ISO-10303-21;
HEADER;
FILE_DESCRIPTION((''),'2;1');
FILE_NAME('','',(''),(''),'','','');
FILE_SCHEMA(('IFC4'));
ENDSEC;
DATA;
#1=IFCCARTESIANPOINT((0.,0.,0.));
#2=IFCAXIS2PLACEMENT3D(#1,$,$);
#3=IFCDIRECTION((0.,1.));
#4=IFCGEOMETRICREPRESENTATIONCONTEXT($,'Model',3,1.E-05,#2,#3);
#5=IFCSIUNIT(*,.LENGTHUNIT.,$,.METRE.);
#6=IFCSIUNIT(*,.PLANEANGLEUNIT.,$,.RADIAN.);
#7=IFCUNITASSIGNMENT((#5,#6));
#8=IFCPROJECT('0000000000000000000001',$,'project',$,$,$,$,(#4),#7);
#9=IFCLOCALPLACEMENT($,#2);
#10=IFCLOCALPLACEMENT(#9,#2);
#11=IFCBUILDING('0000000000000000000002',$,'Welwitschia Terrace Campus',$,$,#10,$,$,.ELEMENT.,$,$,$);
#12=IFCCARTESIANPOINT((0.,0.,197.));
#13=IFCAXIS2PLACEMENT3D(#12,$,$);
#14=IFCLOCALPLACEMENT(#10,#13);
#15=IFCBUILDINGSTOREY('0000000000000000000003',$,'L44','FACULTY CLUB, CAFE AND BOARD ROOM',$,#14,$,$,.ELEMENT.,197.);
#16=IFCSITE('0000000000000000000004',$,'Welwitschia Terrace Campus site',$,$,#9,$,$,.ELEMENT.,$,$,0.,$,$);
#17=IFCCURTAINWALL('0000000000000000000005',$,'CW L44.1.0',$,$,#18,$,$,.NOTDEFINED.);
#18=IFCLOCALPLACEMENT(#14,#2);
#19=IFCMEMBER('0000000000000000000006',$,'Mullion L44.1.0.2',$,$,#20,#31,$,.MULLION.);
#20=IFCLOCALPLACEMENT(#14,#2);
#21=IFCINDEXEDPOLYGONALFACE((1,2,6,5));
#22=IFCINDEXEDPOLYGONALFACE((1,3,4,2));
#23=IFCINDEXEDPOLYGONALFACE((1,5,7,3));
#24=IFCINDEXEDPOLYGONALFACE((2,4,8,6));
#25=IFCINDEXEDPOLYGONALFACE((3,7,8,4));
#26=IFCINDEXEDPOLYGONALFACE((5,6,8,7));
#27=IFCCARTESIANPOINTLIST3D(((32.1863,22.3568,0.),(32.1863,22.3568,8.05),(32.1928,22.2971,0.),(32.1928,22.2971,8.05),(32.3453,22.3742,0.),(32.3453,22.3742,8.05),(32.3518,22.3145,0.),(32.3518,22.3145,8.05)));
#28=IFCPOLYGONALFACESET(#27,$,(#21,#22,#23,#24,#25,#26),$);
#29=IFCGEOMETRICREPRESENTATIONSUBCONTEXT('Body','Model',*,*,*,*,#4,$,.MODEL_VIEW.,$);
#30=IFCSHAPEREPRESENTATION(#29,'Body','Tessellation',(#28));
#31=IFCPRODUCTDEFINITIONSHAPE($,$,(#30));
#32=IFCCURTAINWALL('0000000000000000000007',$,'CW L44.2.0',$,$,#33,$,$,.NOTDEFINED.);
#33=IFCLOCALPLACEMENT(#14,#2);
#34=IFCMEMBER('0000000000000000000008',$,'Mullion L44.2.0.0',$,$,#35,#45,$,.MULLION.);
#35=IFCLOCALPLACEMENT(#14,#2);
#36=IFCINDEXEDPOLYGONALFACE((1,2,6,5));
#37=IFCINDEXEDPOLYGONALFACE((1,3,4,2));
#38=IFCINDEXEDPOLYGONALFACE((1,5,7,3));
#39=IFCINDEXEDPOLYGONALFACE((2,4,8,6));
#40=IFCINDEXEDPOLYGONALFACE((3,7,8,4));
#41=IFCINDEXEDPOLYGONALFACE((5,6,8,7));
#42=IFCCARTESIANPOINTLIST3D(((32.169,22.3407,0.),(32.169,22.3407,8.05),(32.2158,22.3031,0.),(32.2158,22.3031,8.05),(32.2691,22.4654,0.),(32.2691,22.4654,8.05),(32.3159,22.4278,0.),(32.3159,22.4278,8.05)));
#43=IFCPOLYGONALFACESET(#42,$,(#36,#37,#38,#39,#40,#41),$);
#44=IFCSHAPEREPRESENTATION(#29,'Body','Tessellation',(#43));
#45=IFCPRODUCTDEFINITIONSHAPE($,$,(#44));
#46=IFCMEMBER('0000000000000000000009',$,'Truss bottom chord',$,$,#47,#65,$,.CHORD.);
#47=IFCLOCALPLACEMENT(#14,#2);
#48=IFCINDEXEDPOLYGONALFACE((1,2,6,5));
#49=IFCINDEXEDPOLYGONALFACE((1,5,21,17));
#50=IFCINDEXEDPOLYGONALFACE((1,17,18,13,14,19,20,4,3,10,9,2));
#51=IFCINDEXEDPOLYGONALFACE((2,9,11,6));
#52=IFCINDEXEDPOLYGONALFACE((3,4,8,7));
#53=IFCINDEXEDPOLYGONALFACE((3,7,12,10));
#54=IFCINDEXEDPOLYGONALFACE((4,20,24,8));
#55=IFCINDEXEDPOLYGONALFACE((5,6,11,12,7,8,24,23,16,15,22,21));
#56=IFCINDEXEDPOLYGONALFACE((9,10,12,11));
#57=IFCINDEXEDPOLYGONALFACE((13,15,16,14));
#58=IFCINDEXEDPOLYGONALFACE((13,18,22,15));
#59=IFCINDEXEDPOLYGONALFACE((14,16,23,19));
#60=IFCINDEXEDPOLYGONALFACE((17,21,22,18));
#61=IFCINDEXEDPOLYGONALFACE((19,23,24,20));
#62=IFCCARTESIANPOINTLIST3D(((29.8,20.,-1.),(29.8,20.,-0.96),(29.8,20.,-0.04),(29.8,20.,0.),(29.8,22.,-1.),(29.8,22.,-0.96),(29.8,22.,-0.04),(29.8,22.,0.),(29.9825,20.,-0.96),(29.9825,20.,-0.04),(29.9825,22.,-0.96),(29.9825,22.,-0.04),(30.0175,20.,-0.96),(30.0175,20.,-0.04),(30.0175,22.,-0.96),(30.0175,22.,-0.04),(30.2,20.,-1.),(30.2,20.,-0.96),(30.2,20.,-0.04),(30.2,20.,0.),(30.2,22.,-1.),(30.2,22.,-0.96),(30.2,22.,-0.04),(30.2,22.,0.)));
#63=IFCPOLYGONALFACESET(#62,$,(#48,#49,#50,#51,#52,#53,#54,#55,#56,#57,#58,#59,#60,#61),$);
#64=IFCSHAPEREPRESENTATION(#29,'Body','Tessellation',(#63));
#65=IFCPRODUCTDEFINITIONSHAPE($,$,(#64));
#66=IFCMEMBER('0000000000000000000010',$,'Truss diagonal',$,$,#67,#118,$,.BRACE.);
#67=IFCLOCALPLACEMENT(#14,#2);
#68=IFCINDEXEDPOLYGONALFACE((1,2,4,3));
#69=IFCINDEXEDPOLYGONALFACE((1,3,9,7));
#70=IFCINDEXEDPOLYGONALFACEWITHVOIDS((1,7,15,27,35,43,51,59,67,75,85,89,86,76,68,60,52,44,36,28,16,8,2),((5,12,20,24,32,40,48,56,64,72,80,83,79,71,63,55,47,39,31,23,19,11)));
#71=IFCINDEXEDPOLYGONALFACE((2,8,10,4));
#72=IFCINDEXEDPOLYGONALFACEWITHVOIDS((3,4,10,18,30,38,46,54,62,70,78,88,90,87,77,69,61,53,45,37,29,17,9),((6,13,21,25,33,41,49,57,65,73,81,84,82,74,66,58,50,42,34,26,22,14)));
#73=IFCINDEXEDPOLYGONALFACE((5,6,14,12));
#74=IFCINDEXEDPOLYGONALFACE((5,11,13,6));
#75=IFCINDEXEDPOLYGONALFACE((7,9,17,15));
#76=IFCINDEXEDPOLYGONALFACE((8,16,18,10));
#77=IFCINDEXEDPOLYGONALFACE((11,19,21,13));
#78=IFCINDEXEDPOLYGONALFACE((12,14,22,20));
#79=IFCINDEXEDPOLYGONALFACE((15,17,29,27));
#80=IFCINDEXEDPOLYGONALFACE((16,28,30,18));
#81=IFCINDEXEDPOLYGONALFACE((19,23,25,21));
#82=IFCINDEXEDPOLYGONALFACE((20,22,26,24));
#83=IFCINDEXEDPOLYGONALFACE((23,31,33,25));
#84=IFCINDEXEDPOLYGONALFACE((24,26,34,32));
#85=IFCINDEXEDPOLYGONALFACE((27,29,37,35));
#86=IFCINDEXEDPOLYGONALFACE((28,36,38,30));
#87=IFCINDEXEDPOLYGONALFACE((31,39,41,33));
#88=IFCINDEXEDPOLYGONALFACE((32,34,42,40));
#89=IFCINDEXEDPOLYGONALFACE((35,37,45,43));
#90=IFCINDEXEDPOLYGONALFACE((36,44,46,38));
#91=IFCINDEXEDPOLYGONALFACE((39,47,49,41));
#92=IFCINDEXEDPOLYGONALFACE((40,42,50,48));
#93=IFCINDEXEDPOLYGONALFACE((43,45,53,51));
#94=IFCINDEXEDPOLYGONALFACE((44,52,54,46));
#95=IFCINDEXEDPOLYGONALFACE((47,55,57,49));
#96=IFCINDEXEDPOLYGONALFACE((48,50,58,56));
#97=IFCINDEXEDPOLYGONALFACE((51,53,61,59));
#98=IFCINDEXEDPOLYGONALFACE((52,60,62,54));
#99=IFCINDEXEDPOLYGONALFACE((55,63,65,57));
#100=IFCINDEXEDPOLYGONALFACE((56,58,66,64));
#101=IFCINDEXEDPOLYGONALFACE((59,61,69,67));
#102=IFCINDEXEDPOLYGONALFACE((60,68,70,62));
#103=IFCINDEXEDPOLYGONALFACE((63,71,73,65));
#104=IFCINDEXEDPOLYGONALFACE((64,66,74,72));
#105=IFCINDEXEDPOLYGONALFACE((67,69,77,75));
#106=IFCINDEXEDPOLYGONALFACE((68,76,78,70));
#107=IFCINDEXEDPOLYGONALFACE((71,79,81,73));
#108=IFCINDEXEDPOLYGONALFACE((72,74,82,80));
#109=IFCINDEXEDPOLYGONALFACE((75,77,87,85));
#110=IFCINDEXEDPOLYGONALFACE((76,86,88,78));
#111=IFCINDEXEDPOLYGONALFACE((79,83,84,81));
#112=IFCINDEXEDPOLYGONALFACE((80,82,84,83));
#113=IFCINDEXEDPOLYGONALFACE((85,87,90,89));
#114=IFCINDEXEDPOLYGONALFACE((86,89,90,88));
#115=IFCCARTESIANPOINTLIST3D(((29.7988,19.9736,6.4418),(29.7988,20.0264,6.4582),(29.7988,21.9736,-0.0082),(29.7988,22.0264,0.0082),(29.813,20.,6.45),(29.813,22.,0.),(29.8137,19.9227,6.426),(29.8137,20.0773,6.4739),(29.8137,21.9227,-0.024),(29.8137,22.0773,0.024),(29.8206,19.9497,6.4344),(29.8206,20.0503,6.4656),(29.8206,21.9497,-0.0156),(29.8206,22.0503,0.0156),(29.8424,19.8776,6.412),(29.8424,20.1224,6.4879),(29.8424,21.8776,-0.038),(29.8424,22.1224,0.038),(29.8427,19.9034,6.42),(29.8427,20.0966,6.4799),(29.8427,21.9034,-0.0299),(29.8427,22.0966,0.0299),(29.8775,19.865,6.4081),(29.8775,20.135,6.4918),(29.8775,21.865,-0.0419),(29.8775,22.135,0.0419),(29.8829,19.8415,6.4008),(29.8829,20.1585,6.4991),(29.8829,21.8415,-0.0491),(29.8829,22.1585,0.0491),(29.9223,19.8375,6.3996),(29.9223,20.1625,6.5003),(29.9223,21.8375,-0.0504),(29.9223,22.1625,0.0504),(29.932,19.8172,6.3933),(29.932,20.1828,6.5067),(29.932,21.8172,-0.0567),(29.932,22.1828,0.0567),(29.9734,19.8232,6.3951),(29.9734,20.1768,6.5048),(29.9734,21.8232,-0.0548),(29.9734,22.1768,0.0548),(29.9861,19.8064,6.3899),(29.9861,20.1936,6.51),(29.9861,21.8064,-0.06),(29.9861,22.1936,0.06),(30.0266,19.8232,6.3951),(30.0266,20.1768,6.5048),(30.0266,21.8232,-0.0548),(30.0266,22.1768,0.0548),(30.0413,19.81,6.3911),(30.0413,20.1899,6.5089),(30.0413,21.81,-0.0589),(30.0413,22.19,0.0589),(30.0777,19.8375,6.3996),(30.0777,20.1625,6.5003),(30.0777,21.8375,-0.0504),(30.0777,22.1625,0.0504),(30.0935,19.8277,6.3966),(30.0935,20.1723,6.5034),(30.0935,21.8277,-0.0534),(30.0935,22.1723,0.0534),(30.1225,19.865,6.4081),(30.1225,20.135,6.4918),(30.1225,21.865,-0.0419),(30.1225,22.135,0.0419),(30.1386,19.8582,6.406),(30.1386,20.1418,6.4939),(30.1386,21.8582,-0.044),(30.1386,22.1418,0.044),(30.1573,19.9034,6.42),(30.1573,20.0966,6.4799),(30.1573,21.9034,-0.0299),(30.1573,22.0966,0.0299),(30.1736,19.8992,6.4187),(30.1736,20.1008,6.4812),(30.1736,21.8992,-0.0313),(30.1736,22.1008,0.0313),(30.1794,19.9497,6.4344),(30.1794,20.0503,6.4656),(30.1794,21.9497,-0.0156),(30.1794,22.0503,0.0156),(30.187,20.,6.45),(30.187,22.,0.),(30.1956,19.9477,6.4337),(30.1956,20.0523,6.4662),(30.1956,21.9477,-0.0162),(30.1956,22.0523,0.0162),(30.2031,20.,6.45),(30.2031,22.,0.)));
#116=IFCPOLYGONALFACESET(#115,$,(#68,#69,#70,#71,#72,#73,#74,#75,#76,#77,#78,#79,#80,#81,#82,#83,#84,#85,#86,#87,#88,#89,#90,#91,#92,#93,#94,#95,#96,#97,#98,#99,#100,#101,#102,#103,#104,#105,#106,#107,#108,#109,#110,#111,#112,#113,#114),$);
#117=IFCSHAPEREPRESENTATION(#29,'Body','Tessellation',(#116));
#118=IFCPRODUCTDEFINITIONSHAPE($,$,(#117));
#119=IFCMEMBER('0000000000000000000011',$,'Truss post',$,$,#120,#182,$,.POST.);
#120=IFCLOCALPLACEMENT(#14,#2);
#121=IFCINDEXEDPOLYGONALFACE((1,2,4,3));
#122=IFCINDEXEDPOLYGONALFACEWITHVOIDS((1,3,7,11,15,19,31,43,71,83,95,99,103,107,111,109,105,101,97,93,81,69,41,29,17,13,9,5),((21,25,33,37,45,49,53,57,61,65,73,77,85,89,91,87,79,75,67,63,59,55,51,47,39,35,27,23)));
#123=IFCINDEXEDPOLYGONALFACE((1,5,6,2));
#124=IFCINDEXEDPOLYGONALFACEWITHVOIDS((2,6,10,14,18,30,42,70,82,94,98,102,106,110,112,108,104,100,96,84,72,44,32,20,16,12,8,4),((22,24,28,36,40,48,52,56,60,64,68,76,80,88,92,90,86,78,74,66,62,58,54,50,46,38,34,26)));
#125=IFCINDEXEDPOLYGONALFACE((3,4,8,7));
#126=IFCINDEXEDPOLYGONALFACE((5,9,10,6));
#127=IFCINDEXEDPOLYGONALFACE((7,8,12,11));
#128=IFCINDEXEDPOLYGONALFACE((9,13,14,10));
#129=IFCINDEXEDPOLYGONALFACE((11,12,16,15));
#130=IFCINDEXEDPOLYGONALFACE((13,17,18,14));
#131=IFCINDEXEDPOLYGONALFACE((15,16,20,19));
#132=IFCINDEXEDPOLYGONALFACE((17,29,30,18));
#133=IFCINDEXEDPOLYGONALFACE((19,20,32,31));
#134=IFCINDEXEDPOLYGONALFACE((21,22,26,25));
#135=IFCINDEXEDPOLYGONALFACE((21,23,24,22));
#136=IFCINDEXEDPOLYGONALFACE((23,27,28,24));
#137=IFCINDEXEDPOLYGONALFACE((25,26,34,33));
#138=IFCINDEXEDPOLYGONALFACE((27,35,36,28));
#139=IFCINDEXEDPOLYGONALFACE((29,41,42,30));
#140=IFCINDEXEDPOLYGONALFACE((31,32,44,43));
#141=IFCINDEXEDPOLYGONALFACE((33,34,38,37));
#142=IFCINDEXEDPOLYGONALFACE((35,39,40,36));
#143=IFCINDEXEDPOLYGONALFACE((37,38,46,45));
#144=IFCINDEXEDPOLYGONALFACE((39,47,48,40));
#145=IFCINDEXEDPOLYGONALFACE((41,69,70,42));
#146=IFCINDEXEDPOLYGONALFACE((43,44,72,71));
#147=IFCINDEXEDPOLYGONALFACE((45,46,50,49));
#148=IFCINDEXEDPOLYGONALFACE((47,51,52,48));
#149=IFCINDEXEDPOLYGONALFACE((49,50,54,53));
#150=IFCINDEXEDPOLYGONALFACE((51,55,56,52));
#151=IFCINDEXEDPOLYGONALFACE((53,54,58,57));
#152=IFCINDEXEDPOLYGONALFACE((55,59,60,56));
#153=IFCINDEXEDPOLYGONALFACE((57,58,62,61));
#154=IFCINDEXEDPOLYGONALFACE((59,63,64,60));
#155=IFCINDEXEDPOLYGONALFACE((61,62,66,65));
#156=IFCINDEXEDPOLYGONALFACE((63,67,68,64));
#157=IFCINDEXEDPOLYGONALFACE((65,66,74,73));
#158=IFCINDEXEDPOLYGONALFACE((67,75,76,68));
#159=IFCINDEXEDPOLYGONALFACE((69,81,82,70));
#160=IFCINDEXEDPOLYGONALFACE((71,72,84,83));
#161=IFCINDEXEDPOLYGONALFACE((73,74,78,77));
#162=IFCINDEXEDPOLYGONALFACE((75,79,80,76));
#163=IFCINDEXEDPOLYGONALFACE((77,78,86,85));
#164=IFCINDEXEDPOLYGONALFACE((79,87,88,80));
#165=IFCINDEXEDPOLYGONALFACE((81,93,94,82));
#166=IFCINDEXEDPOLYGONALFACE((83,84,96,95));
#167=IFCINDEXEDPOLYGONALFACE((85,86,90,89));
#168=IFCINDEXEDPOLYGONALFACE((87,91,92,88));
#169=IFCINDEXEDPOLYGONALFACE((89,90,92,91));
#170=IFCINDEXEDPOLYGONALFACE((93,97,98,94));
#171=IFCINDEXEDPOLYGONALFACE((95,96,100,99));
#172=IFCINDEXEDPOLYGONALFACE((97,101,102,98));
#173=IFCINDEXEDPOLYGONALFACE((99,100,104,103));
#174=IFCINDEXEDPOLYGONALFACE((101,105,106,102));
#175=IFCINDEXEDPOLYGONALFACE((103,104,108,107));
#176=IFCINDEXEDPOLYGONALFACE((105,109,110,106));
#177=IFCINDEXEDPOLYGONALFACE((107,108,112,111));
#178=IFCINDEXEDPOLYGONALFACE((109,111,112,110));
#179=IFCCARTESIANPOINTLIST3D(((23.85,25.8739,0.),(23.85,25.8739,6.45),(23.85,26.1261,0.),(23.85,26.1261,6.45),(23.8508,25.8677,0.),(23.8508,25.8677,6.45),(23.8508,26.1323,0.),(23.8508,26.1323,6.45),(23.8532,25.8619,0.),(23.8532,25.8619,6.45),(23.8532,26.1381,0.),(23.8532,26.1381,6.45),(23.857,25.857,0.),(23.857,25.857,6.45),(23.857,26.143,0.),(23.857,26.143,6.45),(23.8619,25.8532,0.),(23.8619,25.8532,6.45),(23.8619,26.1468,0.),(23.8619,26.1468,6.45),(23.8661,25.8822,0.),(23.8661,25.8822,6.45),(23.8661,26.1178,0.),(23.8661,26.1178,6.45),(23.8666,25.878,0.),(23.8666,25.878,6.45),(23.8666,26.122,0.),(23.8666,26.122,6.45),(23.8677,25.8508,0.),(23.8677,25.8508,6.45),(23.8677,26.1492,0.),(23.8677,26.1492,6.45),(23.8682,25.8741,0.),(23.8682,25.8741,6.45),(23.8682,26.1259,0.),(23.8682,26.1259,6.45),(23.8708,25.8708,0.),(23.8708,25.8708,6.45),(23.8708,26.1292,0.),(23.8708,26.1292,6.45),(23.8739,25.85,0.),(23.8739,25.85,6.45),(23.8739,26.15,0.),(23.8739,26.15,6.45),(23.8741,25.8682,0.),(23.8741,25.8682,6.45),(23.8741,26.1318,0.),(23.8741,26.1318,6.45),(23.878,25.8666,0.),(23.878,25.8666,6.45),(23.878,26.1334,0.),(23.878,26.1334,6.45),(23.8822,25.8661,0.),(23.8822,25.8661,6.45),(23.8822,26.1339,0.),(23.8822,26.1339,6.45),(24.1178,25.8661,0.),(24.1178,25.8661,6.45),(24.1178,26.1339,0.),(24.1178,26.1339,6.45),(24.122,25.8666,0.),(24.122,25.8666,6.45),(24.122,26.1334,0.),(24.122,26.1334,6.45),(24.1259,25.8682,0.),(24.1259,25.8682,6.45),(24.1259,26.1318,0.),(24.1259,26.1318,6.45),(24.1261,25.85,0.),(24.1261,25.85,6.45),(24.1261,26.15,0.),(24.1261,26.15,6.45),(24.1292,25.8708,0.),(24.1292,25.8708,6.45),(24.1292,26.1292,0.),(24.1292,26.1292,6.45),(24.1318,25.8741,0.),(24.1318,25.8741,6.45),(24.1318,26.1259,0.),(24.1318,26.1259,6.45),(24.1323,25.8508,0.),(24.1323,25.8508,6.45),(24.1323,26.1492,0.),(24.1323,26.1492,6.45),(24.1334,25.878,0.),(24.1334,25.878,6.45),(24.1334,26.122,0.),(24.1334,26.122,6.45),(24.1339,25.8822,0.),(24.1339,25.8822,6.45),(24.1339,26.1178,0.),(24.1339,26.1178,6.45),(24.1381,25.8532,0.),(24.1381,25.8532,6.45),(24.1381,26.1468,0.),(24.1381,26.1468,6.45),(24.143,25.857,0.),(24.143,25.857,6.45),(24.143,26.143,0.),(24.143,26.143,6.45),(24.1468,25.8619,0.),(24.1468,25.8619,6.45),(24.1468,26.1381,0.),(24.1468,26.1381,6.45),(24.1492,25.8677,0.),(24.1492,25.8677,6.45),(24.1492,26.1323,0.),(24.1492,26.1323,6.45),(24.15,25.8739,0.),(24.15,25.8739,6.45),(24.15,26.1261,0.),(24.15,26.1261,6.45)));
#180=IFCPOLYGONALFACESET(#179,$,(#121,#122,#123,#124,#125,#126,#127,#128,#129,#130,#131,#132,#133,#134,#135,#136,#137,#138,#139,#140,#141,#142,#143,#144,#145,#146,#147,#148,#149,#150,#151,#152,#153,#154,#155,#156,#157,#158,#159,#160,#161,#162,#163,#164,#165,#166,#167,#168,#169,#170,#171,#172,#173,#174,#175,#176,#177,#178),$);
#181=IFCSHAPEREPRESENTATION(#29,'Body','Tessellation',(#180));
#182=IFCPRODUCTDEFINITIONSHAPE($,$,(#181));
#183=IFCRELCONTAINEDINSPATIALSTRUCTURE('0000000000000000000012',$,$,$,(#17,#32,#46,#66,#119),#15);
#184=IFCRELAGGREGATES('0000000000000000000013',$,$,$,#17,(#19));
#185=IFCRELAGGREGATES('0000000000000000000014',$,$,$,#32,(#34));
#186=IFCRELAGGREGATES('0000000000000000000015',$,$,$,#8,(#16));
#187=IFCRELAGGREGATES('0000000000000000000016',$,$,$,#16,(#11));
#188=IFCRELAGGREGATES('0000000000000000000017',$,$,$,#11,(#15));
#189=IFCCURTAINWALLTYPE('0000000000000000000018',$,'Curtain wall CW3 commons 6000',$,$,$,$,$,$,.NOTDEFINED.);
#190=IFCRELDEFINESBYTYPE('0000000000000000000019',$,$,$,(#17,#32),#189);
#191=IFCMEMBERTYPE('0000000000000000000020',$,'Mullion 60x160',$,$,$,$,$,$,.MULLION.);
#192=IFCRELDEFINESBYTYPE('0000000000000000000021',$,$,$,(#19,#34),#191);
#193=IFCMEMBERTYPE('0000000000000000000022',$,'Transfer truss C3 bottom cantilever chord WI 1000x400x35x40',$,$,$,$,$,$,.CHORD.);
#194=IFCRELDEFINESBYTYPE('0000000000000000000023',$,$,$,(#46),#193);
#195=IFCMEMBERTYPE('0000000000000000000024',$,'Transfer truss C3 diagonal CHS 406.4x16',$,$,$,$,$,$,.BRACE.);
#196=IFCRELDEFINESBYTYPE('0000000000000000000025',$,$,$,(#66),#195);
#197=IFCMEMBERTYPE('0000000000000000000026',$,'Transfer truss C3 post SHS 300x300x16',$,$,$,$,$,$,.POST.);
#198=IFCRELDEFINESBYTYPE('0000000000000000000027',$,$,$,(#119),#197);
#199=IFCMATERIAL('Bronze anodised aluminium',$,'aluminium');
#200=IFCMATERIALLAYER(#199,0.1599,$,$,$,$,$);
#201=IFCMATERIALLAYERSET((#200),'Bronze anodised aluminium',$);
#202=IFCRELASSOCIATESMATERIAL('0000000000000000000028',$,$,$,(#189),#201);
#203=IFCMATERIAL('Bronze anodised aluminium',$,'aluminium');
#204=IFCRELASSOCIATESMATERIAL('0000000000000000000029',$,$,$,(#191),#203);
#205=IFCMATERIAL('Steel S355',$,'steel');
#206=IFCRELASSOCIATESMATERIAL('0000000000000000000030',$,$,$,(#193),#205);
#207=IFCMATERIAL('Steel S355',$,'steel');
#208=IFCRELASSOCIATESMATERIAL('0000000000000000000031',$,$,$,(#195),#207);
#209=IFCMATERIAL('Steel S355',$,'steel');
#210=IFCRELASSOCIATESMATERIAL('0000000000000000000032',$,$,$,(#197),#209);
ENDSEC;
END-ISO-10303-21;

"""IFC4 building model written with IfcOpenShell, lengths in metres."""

from ifc_helpers import new_model, si_unit, direction, frame, origin, origin_2d, place, context, subcontext, project, spatial, rectangle, hollow_rectangle, hollow_circle, i_section, extrude, material, layer, layer_set, material_profile, profile_set, type_object, element, aggregate, save


model = new_model("IFC4")

# Units and contexts
model_context = context("Model", 3, precision=1e-05, world=origin(), true_north=direction((0.0, 1.0)))
body_context = subcontext(model_context, "Body", "Model", "MODEL_VIEW")
ifc_project = project(units=[si_unit("LENGTHUNIT", "METRE"), si_unit("PLANEANGLEUNIT", "RADIAN")], contexts=[model_context])

# Site, building, storey
site_placement = place(None, origin())
site = spatial("IfcSite", under=ifc_project, at=site_placement, Name="Welwitschia Terrace Campus site", CompositionType="ELEMENT", RefElevation=0.0)
building_placement = place(site_placement, origin())
building = spatial("IfcBuilding", under=site, at=building_placement, Name="Welwitschia Terrace Campus", CompositionType="ELEMENT")
storey_placement = place(building_placement, frame((0.0, 0.0, 197.0)))
storey = spatial("IfcBuildingStorey", under=building, at=storey_placement, Name="L44", Description="FACULTY CLUB, CAFE AND BOARD ROOM", CompositionType="ELEMENT", Elevation=197.0)

# Curtain walls, members
ifc_material_1 = material(Name="Bronze anodised aluminium", Category="aluminium")
ifc_layer_1 = layer(ifc_material_1, 0.1599)
ifc_layer_set_1 = layer_set([ifc_layer_1], Name="Bronze anodised aluminium")
curtain_wall_type = type_object("IfcCurtainWallType", Name="Curtain wall CW3 commons 6000", PredefinedType="NOTDEFINED", material=ifc_layer_set_1)
curtain_wall_1_placement = place(storey_placement, origin())
curtain_wall_1 = element("IfcCurtainWall", 1, at=curtain_wall_1_placement, inside=storey, type_object=curtain_wall_type, Name="CW L44.1.0", PredefinedType="NOTDEFINED")
ifc_material_2 = material(Name="Bronze anodised aluminium", Category="aluminium")
ifc_material_profile_1 = material_profile(ifc_material_2, rectangle(XDim=0.1599, YDim=0.0601, at=origin_2d()))
ifc_profile_set_1 = profile_set([ifc_material_profile_1], Name="Bronze anodised aluminium")
member_type_1 = type_object("IfcMemberType", Name="Mullion 60x160", PredefinedType="MULLION", material=ifc_profile_set_1)
member_1_placement = place(storey_placement, frame((32.269, 22.3357, 0.0), z_axis=(0.0, 0.0, 1.0), x_axis=(-0.994056, -0.108867, 0.0)))
member_1 = element("IfcMember", 2, at=member_1_placement, type_object=member_type_1, Name="Mullion L44.1.0.2", PredefinedType="MULLION", context=body_context, shape_type="SweptSolid", body=[
    extrude(rectangle(XDim=0.1599, YDim=0.0601, at=origin_2d()), origin(), (0.0, 0.0, 1.0), 8.05),
])
aggregate(curtain_wall_1, [member_1])
curtain_wall_2_placement = place(storey_placement, origin())
curtain_wall_2 = element("IfcCurtainWall", 3, at=curtain_wall_2_placement, inside=storey, type_object=curtain_wall_type, Name="CW L44.2.0", PredefinedType="NOTDEFINED")
member_2_placement = place(storey_placement, frame((32.2424, 22.3843, 0.0), z_axis=(0.0, 0.0, 1.0), x_axis=(-0.625923, -0.779884, 0.0)))
member_2 = element("IfcMember", 4, at=member_2_placement, type_object=member_type_1, Name="Mullion L44.2.0.0", PredefinedType="MULLION", context=body_context, shape_type="SweptSolid", body=[
    extrude(rectangle(XDim=0.1599, YDim=0.0601, at=origin_2d()), origin(), (0.0, 0.0, 1.0), 8.05),
])

# Members
ifc_material_3 = material(Name="Steel S355", Category="steel")
ifc_material_profile_2 = material_profile(ifc_material_3, i_section(OverallWidth=0.3999, OverallDepth=1.0, WebThickness=0.0349, FlangeThickness=0.04, at=origin_2d()))
ifc_profile_set_2 = profile_set([ifc_material_profile_2], Name="Steel S355")
member_type_2 = type_object("IfcMemberType", Name="Transfer truss C3 bottom cantilever chord WI 1000x400x35x40", PredefinedType="CHORD", material=ifc_profile_set_2)
member_3_placement = place(storey_placement, frame((30.0, 20.0, -0.5), z_axis=(0.0, 1.0, 0.0), x_axis=(-1.0, 0.0, 0.0)))
element("IfcMember", 5, at=member_3_placement, inside=storey, type_object=member_type_2, Name="Truss bottom chord", PredefinedType="CHORD", context=body_context, shape_type="SweptSolid", body=[
    extrude(i_section(OverallWidth=0.3999, OverallDepth=1.0, WebThickness=0.0349, FlangeThickness=0.04, at=origin_2d()), origin(), (0.0, 0.0, 1.0), 2.0),
])
ifc_material_4 = material(Name="Steel S355", Category="steel")
ifc_material_profile_3 = material_profile(ifc_material_4, hollow_circle(Radius=0.2031, WallThickness=0.0161, at=origin_2d()))
ifc_profile_set_3 = profile_set([ifc_material_profile_3], Name="Steel S355")
member_type_3 = type_object("IfcMemberType", Name="Transfer truss C3 diagonal CHS 406.4x16", PredefinedType="BRACE", material=ifc_profile_set_3)
member_4_placement = place(storey_placement, frame((30.0, 22.0, 0.0), z_axis=(0.0, -0.296168, 0.955136), x_axis=(1.0, 0.0, 0.0)))
element("IfcMember", 6, at=member_4_placement, inside=storey, type_object=member_type_3, Name="Truss diagonal", PredefinedType="BRACE", context=body_context, shape_type="SweptSolid", body=[
    extrude(hollow_circle(Radius=0.2031, WallThickness=0.0161, at=origin_2d()), origin(), (0.0, 0.0, 1.0), 6.7529),
])
ifc_material_5 = material(Name="Steel S355", Category="steel")
ifc_material_profile_4 = material_profile(ifc_material_5, hollow_rectangle(XDim=0.3, YDim=0.3, WallThickness=0.0161, InnerFilletRadius=0.0161, OuterFilletRadius=0.0239, at=origin_2d()))
ifc_profile_set_4 = profile_set([ifc_material_profile_4], Name="Steel S355")
member_type_4 = type_object("IfcMemberType", Name="Transfer truss C3 post SHS 300x300x16", PredefinedType="POST", material=ifc_profile_set_4)
for number, where, z_axis, x_axis, name in (
    (7, (24.0, 26.0, 0.0), (0.0, 0.0, 1.0), (1.0, 0.0, 0.0), "Truss post"),
):
    element("IfcMember", number, at=place(storey_placement, frame(where, z_axis=z_axis, x_axis=x_axis)), inside=storey, type_object=member_type_4, Name=name, PredefinedType="POST", context=body_context, shape_type="SweptSolid", body=[
        extrude(hollow_rectangle(XDim=0.3, YDim=0.3, WallThickness=0.0161, InnerFilletRadius=0.0161, OuterFilletRadius=0.0239, at=origin_2d()), origin(), (0.0, 0.0, 1.0), 6.45),
    ])

aggregate(curtain_wall_2, [member_2])

save(model, "model.ifc")
